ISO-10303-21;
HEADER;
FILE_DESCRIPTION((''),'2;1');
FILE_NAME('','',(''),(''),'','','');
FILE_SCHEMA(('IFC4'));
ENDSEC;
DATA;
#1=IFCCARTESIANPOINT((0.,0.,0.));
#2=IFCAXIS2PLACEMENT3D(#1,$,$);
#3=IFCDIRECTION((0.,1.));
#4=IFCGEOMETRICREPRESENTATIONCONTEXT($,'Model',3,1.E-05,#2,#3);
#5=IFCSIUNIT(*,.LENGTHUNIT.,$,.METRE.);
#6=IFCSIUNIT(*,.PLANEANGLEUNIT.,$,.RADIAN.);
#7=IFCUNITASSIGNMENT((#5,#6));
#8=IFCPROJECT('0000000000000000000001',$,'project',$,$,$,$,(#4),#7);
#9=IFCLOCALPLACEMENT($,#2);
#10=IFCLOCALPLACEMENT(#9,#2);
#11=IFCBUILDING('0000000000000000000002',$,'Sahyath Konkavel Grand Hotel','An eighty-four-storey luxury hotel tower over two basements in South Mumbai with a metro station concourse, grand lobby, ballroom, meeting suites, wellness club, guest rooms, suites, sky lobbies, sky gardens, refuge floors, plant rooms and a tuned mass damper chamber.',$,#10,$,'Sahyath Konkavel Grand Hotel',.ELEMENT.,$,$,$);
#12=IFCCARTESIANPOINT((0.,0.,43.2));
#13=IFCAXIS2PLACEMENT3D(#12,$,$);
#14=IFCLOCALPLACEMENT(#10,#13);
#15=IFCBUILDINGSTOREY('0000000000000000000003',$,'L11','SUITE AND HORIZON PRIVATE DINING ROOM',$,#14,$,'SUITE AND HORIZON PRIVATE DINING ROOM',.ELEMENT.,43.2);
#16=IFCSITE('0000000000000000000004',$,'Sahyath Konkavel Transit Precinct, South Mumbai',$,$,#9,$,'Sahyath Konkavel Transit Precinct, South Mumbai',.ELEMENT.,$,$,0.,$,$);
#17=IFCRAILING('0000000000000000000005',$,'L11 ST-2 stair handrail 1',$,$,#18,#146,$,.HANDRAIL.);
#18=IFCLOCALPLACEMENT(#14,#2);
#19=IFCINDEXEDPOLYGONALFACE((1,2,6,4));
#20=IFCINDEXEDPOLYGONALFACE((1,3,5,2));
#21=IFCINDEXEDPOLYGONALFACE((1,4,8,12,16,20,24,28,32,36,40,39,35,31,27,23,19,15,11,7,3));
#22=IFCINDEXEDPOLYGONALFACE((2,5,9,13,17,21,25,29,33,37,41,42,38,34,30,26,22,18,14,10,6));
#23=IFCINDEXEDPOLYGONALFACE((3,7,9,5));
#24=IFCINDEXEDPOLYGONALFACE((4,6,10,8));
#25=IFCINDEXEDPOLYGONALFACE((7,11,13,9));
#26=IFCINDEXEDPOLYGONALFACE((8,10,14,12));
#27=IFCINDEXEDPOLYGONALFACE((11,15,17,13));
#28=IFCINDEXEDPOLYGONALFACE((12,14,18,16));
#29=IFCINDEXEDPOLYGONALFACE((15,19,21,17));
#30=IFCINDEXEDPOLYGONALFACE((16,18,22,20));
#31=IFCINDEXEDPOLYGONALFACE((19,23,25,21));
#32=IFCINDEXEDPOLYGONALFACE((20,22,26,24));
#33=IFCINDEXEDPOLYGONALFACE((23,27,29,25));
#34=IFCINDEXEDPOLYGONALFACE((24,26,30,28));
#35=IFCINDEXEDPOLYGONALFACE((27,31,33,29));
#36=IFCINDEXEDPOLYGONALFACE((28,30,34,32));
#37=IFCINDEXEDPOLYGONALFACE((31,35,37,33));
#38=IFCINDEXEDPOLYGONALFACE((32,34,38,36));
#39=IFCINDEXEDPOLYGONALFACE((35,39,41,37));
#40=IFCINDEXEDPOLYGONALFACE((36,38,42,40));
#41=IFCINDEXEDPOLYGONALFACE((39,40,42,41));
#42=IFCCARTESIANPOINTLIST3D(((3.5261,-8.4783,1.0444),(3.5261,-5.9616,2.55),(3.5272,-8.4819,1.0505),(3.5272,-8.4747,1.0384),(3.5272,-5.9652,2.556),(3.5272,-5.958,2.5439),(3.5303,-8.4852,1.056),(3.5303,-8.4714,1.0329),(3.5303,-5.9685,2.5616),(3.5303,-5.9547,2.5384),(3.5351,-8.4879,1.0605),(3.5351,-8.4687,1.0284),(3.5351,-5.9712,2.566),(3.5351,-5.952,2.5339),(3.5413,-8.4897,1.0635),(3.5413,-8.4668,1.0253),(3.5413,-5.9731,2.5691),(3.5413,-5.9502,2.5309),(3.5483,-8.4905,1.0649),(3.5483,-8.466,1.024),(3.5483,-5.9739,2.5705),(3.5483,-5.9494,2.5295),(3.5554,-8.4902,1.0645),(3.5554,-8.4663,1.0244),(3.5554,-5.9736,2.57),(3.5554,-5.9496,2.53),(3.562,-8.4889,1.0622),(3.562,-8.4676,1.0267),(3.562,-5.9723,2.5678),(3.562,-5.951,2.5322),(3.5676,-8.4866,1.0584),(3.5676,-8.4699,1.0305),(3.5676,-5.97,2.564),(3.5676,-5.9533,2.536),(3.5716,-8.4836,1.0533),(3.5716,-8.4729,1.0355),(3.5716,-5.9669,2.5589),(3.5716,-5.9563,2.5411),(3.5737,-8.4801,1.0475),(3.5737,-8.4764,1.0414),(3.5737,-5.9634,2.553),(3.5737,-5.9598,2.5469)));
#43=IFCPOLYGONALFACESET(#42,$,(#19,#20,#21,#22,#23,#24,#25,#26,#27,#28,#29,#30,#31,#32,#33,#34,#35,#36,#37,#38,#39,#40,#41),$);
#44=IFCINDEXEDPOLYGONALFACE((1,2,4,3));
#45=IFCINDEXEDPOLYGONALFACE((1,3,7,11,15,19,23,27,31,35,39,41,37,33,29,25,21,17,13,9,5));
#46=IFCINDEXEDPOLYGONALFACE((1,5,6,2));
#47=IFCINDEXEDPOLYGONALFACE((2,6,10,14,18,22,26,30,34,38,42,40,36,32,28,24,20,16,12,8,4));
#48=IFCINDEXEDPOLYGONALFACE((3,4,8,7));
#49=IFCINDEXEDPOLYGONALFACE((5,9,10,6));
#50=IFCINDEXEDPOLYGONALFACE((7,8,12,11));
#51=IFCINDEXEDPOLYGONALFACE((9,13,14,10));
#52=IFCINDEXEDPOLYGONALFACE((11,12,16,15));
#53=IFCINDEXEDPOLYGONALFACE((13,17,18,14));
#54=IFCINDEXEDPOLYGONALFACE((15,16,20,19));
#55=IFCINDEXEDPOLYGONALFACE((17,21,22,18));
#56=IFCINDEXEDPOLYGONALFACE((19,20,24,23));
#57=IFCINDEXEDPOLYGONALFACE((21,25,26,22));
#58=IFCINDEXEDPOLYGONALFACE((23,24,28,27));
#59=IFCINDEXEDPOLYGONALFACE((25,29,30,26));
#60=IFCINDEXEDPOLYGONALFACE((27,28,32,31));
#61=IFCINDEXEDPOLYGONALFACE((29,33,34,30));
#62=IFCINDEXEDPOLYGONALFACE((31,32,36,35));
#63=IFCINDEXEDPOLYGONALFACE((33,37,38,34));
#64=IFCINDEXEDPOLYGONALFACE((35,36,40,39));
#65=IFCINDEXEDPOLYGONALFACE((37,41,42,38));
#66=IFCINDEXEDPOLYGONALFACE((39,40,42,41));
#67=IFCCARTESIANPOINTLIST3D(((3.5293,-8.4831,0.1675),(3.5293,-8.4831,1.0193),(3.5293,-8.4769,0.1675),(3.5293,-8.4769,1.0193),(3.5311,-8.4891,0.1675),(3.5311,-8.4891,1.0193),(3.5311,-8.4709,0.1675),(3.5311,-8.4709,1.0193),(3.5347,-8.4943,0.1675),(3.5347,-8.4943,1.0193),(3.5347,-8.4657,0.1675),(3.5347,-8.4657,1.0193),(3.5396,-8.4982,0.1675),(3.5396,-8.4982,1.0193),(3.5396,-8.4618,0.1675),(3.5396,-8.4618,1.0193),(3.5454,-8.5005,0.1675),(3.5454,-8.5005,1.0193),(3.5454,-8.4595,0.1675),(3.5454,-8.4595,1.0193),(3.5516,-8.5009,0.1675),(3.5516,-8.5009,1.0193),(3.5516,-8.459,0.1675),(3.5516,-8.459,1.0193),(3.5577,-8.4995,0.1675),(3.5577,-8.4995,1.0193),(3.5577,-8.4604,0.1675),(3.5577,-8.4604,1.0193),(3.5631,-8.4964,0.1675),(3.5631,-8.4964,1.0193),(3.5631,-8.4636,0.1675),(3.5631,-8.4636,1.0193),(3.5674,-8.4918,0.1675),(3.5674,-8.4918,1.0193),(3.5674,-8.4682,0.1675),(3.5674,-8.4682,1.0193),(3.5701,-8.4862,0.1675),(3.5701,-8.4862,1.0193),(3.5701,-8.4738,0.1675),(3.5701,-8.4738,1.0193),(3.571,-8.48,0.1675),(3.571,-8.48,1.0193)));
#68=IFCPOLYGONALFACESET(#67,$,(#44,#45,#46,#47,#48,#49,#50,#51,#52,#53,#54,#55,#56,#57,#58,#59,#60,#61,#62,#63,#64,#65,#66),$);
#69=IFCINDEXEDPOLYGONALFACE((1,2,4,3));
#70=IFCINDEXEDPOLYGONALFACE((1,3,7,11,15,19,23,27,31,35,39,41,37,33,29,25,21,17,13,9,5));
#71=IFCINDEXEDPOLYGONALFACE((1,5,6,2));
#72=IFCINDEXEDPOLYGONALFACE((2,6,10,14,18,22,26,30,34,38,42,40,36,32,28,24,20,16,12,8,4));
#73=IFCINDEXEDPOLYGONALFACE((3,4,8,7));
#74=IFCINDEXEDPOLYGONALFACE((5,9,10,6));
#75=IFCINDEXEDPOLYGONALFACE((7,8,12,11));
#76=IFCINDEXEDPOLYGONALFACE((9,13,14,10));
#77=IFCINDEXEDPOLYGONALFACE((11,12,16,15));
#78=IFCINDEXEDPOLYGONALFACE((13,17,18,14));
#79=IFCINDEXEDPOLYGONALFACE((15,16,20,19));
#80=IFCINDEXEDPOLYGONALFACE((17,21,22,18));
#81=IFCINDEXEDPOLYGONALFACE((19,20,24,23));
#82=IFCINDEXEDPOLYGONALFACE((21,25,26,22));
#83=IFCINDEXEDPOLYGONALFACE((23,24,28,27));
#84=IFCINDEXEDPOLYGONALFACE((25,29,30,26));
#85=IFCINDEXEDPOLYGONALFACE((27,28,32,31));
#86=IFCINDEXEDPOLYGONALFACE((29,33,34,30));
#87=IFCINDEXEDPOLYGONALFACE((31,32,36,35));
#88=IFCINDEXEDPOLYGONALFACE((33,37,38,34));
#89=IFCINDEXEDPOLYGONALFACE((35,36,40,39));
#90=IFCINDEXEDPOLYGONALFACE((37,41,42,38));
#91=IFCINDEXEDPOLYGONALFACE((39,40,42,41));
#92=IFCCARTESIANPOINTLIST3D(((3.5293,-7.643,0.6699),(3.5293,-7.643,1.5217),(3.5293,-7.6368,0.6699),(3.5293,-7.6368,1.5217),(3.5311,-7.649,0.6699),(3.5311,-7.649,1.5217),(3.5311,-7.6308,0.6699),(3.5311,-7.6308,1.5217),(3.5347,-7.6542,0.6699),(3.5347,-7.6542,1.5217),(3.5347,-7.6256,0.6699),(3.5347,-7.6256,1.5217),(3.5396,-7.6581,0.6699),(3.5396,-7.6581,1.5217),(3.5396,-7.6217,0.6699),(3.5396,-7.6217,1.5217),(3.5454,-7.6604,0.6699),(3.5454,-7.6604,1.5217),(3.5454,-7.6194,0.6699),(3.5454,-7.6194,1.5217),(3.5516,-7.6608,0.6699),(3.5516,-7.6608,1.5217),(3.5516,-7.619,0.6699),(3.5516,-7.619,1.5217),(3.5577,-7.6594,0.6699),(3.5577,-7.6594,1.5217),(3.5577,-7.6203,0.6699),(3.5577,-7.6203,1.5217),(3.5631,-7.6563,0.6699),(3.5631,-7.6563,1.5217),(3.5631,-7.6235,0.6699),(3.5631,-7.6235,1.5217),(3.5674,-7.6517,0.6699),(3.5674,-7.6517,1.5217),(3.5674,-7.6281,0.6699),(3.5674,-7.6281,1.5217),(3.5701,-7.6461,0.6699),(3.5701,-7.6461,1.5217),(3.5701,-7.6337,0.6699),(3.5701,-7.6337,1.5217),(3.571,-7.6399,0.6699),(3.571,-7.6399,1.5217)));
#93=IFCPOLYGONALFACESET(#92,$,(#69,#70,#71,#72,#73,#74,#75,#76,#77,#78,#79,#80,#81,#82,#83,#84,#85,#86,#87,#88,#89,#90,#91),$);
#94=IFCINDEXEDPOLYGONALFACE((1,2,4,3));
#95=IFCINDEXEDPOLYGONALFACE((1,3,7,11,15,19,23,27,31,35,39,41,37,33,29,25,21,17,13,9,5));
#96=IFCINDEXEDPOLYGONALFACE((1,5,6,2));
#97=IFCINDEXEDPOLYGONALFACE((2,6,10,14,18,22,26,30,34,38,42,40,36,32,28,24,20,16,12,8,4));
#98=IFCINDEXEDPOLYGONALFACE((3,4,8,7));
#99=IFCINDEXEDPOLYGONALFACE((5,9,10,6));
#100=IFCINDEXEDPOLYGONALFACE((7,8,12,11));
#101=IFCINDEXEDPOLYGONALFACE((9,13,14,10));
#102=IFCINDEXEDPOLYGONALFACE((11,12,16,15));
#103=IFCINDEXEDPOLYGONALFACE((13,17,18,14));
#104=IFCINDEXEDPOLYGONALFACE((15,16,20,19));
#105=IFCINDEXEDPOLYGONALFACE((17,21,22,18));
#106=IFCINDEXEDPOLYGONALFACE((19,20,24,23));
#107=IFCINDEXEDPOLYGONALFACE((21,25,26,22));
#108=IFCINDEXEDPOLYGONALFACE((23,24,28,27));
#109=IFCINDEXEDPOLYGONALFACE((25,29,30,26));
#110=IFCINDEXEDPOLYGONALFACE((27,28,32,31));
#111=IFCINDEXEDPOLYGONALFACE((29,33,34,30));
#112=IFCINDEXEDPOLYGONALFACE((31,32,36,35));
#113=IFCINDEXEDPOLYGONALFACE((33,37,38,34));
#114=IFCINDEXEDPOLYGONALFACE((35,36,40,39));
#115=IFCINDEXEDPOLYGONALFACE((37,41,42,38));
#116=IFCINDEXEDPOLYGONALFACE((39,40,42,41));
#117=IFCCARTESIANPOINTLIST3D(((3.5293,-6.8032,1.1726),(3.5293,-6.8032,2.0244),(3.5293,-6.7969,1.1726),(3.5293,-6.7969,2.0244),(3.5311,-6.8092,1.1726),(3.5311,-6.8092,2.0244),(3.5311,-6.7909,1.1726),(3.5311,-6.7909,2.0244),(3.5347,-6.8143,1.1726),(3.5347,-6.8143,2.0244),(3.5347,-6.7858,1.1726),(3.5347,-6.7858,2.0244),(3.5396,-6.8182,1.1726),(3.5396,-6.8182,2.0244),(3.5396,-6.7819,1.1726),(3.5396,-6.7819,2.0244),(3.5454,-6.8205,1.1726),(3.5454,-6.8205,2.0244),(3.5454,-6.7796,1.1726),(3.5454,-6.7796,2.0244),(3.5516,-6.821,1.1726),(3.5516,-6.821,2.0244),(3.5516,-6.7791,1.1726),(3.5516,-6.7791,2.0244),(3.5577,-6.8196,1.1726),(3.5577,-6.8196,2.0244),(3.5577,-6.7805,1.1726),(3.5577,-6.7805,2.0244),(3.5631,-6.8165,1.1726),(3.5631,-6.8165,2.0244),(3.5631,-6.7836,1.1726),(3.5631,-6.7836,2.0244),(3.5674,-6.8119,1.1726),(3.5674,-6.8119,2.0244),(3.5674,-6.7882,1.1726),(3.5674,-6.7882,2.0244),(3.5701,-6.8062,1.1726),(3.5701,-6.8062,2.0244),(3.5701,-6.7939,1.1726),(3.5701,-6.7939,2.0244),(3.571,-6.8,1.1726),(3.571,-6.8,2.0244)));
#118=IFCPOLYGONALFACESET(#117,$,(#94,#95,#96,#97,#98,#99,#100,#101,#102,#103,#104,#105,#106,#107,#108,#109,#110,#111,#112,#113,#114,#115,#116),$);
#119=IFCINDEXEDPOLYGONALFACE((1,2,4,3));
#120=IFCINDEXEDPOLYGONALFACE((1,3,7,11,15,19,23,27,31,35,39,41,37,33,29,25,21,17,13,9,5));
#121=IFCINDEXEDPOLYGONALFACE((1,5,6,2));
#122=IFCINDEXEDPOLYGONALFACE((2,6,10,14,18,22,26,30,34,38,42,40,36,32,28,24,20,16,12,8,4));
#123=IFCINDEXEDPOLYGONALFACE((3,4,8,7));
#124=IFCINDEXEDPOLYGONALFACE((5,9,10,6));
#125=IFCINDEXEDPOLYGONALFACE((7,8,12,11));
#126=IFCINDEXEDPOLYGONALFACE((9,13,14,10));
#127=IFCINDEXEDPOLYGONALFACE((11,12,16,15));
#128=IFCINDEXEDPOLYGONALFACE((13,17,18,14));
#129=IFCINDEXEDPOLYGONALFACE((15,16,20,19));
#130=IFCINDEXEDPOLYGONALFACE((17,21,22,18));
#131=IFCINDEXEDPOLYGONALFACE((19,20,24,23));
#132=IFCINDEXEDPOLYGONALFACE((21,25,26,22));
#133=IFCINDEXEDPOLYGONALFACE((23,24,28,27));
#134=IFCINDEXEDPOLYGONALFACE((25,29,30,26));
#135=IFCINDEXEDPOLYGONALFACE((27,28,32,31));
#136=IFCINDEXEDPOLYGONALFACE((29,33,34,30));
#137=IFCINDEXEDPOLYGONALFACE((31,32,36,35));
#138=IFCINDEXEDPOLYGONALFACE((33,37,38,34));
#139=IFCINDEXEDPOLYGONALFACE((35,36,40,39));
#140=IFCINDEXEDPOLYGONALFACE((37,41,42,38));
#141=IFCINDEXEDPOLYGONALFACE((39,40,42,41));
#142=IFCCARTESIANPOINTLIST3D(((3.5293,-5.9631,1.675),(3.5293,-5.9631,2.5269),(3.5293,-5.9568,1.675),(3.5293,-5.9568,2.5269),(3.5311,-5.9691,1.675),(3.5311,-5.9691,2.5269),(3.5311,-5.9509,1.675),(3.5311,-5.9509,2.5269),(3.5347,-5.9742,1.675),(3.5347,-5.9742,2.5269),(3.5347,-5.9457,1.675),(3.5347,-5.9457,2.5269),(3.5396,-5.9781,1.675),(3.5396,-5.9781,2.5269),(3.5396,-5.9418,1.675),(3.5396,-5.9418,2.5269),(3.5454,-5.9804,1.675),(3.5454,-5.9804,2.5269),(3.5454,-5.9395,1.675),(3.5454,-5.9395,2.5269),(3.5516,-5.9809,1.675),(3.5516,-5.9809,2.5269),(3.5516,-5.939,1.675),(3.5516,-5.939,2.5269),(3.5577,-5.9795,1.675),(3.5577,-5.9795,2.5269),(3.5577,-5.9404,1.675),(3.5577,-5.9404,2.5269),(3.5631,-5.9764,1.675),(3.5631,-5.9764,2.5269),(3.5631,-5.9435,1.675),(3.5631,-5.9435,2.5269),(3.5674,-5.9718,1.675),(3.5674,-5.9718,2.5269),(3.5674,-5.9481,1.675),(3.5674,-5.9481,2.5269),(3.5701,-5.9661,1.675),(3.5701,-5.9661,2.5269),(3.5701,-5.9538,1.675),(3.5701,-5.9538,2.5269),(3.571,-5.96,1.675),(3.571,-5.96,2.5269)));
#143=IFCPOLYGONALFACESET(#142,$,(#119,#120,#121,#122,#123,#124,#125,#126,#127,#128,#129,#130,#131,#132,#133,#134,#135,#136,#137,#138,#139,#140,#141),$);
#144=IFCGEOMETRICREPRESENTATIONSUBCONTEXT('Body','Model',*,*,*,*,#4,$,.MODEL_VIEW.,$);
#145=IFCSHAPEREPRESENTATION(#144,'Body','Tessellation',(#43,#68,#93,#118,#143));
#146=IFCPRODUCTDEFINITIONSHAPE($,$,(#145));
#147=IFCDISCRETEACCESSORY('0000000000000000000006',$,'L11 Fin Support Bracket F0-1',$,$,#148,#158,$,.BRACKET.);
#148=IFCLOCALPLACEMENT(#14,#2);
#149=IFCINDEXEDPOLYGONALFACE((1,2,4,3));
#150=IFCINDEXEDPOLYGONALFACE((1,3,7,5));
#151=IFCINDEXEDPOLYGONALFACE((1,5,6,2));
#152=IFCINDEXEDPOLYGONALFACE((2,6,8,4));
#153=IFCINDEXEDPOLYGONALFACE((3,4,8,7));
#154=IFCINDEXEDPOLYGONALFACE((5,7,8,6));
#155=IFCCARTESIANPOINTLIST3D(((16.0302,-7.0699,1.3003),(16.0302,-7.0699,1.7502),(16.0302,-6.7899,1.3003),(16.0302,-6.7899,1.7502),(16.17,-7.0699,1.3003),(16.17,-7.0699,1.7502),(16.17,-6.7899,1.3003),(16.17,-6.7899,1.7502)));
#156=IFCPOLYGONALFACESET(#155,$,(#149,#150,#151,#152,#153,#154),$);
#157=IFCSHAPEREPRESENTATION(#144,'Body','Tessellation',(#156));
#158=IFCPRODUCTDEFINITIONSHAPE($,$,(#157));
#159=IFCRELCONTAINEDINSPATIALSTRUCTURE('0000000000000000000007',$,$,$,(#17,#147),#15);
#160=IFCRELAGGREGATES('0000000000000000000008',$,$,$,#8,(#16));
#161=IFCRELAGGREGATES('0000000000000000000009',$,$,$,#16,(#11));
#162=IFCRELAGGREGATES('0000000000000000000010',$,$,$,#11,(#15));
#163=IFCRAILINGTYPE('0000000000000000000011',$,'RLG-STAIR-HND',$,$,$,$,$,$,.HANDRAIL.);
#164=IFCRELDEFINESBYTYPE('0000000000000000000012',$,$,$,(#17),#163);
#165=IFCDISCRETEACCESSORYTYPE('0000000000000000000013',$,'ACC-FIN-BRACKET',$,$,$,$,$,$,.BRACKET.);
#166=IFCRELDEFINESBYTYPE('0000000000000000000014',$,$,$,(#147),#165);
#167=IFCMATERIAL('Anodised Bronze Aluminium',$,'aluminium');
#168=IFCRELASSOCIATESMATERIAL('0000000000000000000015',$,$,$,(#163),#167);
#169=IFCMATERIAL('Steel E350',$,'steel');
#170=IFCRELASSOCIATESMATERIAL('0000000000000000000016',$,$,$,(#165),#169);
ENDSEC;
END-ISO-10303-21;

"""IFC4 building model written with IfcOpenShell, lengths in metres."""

from ifc_helpers import new_model, si_unit, direction, frame, origin, origin_2d, place, context, subcontext, project, spatial, rectangle, circle, extrude, source, transform, mapped, material, type_object, element, save


model = new_model("IFC4")

# Units and contexts
model_context = context("Model", 3, precision=1e-05, world=origin(), true_north=direction((0.0, 1.0)))
body_context = subcontext(model_context, "Body", "Model", "MODEL_VIEW")
ifc_project = project(units=[si_unit("LENGTHUNIT", "METRE"), si_unit("PLANEANGLEUNIT", "RADIAN")], contexts=[model_context])

# Site, building, storey
site_placement = place(None, origin())
site = spatial("IfcSite", under=ifc_project, at=site_placement, Name="Sahyath Konkavel Transit Precinct, South Mumbai", LongName="Sahyath Konkavel Transit Precinct, South Mumbai", CompositionType="ELEMENT", RefElevation=0.0)
building_placement = place(site_placement, origin())
building = spatial("IfcBuilding", under=site, at=building_placement, Name="Sahyath Konkavel Grand Hotel", Description="An eighty-four-storey luxury hotel tower over two basements in South Mumbai with a metro station concourse, grand lobby, ballroom, meeting suites, wellness club, guest rooms, suites, sky lobbies, sky gardens, refuge floors, plant rooms and a tuned mass damper chamber.", LongName="Sahyath Konkavel Grand Hotel", CompositionType="ELEMENT")
storey_placement = place(building_placement, frame((0.0, 0.0, 43.2)))
storey = spatial("IfcBuildingStorey", under=building, at=storey_placement, Name="L11", Description="SUITE AND HORIZON PRIVATE DINING ROOM", LongName="SUITE AND HORIZON PRIVATE DINING ROOM", CompositionType="ELEMENT", Elevation=43.2)

# Shared definitions
ifc_material_1 = material(Name="Steel E350", Category="steel")

# Shared definitions
ifc_material_2 = material(Name="Anodised Bronze Aluminium", Category="aluminium")

# Railing
railing_type_1 = type_object("IfcRailingType", Name="RLG-STAIR-HND", PredefinedType="HANDRAIL", material=ifc_material_2)
railing_1_placement = place(storey_placement, frame((3.55, -8.48, 0.1675)))
element("IfcRailing", 1, at=railing_1_placement, inside=storey, type_object=railing_type_1, Name="L11 ST-2 stair handrail 1", PredefinedType="HANDRAIL", context=body_context, shape_type="SweptSolid", body=[
    extrude(circle(Radius=0.0239, at=origin_2d()), frame((0.0, 0.0017, 0.877), z_axis=(0.0, 0.85816, 0.513383), x_axis=(-1.0, 0.0, 0.0)), (0.0, 0.0, 1.0), 2.9326),
    extrude(circle(Radius=0.021, at=origin_2d()), origin(), (0.0, 0.0, 1.0), 0.8518),
    extrude(circle(Radius=0.021, at=origin_2d()), frame((0.0, 0.8401, 0.5024)), (0.0, 0.0, 1.0), 0.8518),
    extrude(circle(Radius=0.021, at=origin_2d()), frame((0.0, 1.6799, 1.0051)), (0.0, 0.0, 1.0), 0.8518),
    extrude(circle(Radius=0.021, at=origin_2d()), frame((0.0, 2.52, 1.5076)), (0.0, 0.0, 1.0), 0.8518),
])

# Discrete accessory
discrete_accessory_type = type_object("IfcDiscreteAccessoryType", Name="ACC-FIN-BRACKET", PredefinedType="BRACKET", material=ifc_material_1)
shared_shape_1 = source(origin(), body_context, "Body", "SweptSolid", [
    extrude(rectangle(XDim=0.28, YDim=0.1399, at=origin_2d()), origin(), (0.0, 0.0, 1.0), 0.45),
])
discrete_accessory_placement = place(storey_placement, frame((16.1001, -6.9299, 1.3003), z_axis=(0.0, 0.0, 1.0), x_axis=(0.0, -1.0, 0.0)))
element("IfcDiscreteAccessory", 2, at=discrete_accessory_placement, inside=storey, type_object=discrete_accessory_type, Name="L11 Fin Support Bracket F0-1", PredefinedType="BRACKET", context=body_context, shape_type="MappedRepresentation", body=[
    mapped(shared_shape_1, transform((0.0, 0.0, 0.0), scale=1.0)),
])

save(model, "model.ifc")
